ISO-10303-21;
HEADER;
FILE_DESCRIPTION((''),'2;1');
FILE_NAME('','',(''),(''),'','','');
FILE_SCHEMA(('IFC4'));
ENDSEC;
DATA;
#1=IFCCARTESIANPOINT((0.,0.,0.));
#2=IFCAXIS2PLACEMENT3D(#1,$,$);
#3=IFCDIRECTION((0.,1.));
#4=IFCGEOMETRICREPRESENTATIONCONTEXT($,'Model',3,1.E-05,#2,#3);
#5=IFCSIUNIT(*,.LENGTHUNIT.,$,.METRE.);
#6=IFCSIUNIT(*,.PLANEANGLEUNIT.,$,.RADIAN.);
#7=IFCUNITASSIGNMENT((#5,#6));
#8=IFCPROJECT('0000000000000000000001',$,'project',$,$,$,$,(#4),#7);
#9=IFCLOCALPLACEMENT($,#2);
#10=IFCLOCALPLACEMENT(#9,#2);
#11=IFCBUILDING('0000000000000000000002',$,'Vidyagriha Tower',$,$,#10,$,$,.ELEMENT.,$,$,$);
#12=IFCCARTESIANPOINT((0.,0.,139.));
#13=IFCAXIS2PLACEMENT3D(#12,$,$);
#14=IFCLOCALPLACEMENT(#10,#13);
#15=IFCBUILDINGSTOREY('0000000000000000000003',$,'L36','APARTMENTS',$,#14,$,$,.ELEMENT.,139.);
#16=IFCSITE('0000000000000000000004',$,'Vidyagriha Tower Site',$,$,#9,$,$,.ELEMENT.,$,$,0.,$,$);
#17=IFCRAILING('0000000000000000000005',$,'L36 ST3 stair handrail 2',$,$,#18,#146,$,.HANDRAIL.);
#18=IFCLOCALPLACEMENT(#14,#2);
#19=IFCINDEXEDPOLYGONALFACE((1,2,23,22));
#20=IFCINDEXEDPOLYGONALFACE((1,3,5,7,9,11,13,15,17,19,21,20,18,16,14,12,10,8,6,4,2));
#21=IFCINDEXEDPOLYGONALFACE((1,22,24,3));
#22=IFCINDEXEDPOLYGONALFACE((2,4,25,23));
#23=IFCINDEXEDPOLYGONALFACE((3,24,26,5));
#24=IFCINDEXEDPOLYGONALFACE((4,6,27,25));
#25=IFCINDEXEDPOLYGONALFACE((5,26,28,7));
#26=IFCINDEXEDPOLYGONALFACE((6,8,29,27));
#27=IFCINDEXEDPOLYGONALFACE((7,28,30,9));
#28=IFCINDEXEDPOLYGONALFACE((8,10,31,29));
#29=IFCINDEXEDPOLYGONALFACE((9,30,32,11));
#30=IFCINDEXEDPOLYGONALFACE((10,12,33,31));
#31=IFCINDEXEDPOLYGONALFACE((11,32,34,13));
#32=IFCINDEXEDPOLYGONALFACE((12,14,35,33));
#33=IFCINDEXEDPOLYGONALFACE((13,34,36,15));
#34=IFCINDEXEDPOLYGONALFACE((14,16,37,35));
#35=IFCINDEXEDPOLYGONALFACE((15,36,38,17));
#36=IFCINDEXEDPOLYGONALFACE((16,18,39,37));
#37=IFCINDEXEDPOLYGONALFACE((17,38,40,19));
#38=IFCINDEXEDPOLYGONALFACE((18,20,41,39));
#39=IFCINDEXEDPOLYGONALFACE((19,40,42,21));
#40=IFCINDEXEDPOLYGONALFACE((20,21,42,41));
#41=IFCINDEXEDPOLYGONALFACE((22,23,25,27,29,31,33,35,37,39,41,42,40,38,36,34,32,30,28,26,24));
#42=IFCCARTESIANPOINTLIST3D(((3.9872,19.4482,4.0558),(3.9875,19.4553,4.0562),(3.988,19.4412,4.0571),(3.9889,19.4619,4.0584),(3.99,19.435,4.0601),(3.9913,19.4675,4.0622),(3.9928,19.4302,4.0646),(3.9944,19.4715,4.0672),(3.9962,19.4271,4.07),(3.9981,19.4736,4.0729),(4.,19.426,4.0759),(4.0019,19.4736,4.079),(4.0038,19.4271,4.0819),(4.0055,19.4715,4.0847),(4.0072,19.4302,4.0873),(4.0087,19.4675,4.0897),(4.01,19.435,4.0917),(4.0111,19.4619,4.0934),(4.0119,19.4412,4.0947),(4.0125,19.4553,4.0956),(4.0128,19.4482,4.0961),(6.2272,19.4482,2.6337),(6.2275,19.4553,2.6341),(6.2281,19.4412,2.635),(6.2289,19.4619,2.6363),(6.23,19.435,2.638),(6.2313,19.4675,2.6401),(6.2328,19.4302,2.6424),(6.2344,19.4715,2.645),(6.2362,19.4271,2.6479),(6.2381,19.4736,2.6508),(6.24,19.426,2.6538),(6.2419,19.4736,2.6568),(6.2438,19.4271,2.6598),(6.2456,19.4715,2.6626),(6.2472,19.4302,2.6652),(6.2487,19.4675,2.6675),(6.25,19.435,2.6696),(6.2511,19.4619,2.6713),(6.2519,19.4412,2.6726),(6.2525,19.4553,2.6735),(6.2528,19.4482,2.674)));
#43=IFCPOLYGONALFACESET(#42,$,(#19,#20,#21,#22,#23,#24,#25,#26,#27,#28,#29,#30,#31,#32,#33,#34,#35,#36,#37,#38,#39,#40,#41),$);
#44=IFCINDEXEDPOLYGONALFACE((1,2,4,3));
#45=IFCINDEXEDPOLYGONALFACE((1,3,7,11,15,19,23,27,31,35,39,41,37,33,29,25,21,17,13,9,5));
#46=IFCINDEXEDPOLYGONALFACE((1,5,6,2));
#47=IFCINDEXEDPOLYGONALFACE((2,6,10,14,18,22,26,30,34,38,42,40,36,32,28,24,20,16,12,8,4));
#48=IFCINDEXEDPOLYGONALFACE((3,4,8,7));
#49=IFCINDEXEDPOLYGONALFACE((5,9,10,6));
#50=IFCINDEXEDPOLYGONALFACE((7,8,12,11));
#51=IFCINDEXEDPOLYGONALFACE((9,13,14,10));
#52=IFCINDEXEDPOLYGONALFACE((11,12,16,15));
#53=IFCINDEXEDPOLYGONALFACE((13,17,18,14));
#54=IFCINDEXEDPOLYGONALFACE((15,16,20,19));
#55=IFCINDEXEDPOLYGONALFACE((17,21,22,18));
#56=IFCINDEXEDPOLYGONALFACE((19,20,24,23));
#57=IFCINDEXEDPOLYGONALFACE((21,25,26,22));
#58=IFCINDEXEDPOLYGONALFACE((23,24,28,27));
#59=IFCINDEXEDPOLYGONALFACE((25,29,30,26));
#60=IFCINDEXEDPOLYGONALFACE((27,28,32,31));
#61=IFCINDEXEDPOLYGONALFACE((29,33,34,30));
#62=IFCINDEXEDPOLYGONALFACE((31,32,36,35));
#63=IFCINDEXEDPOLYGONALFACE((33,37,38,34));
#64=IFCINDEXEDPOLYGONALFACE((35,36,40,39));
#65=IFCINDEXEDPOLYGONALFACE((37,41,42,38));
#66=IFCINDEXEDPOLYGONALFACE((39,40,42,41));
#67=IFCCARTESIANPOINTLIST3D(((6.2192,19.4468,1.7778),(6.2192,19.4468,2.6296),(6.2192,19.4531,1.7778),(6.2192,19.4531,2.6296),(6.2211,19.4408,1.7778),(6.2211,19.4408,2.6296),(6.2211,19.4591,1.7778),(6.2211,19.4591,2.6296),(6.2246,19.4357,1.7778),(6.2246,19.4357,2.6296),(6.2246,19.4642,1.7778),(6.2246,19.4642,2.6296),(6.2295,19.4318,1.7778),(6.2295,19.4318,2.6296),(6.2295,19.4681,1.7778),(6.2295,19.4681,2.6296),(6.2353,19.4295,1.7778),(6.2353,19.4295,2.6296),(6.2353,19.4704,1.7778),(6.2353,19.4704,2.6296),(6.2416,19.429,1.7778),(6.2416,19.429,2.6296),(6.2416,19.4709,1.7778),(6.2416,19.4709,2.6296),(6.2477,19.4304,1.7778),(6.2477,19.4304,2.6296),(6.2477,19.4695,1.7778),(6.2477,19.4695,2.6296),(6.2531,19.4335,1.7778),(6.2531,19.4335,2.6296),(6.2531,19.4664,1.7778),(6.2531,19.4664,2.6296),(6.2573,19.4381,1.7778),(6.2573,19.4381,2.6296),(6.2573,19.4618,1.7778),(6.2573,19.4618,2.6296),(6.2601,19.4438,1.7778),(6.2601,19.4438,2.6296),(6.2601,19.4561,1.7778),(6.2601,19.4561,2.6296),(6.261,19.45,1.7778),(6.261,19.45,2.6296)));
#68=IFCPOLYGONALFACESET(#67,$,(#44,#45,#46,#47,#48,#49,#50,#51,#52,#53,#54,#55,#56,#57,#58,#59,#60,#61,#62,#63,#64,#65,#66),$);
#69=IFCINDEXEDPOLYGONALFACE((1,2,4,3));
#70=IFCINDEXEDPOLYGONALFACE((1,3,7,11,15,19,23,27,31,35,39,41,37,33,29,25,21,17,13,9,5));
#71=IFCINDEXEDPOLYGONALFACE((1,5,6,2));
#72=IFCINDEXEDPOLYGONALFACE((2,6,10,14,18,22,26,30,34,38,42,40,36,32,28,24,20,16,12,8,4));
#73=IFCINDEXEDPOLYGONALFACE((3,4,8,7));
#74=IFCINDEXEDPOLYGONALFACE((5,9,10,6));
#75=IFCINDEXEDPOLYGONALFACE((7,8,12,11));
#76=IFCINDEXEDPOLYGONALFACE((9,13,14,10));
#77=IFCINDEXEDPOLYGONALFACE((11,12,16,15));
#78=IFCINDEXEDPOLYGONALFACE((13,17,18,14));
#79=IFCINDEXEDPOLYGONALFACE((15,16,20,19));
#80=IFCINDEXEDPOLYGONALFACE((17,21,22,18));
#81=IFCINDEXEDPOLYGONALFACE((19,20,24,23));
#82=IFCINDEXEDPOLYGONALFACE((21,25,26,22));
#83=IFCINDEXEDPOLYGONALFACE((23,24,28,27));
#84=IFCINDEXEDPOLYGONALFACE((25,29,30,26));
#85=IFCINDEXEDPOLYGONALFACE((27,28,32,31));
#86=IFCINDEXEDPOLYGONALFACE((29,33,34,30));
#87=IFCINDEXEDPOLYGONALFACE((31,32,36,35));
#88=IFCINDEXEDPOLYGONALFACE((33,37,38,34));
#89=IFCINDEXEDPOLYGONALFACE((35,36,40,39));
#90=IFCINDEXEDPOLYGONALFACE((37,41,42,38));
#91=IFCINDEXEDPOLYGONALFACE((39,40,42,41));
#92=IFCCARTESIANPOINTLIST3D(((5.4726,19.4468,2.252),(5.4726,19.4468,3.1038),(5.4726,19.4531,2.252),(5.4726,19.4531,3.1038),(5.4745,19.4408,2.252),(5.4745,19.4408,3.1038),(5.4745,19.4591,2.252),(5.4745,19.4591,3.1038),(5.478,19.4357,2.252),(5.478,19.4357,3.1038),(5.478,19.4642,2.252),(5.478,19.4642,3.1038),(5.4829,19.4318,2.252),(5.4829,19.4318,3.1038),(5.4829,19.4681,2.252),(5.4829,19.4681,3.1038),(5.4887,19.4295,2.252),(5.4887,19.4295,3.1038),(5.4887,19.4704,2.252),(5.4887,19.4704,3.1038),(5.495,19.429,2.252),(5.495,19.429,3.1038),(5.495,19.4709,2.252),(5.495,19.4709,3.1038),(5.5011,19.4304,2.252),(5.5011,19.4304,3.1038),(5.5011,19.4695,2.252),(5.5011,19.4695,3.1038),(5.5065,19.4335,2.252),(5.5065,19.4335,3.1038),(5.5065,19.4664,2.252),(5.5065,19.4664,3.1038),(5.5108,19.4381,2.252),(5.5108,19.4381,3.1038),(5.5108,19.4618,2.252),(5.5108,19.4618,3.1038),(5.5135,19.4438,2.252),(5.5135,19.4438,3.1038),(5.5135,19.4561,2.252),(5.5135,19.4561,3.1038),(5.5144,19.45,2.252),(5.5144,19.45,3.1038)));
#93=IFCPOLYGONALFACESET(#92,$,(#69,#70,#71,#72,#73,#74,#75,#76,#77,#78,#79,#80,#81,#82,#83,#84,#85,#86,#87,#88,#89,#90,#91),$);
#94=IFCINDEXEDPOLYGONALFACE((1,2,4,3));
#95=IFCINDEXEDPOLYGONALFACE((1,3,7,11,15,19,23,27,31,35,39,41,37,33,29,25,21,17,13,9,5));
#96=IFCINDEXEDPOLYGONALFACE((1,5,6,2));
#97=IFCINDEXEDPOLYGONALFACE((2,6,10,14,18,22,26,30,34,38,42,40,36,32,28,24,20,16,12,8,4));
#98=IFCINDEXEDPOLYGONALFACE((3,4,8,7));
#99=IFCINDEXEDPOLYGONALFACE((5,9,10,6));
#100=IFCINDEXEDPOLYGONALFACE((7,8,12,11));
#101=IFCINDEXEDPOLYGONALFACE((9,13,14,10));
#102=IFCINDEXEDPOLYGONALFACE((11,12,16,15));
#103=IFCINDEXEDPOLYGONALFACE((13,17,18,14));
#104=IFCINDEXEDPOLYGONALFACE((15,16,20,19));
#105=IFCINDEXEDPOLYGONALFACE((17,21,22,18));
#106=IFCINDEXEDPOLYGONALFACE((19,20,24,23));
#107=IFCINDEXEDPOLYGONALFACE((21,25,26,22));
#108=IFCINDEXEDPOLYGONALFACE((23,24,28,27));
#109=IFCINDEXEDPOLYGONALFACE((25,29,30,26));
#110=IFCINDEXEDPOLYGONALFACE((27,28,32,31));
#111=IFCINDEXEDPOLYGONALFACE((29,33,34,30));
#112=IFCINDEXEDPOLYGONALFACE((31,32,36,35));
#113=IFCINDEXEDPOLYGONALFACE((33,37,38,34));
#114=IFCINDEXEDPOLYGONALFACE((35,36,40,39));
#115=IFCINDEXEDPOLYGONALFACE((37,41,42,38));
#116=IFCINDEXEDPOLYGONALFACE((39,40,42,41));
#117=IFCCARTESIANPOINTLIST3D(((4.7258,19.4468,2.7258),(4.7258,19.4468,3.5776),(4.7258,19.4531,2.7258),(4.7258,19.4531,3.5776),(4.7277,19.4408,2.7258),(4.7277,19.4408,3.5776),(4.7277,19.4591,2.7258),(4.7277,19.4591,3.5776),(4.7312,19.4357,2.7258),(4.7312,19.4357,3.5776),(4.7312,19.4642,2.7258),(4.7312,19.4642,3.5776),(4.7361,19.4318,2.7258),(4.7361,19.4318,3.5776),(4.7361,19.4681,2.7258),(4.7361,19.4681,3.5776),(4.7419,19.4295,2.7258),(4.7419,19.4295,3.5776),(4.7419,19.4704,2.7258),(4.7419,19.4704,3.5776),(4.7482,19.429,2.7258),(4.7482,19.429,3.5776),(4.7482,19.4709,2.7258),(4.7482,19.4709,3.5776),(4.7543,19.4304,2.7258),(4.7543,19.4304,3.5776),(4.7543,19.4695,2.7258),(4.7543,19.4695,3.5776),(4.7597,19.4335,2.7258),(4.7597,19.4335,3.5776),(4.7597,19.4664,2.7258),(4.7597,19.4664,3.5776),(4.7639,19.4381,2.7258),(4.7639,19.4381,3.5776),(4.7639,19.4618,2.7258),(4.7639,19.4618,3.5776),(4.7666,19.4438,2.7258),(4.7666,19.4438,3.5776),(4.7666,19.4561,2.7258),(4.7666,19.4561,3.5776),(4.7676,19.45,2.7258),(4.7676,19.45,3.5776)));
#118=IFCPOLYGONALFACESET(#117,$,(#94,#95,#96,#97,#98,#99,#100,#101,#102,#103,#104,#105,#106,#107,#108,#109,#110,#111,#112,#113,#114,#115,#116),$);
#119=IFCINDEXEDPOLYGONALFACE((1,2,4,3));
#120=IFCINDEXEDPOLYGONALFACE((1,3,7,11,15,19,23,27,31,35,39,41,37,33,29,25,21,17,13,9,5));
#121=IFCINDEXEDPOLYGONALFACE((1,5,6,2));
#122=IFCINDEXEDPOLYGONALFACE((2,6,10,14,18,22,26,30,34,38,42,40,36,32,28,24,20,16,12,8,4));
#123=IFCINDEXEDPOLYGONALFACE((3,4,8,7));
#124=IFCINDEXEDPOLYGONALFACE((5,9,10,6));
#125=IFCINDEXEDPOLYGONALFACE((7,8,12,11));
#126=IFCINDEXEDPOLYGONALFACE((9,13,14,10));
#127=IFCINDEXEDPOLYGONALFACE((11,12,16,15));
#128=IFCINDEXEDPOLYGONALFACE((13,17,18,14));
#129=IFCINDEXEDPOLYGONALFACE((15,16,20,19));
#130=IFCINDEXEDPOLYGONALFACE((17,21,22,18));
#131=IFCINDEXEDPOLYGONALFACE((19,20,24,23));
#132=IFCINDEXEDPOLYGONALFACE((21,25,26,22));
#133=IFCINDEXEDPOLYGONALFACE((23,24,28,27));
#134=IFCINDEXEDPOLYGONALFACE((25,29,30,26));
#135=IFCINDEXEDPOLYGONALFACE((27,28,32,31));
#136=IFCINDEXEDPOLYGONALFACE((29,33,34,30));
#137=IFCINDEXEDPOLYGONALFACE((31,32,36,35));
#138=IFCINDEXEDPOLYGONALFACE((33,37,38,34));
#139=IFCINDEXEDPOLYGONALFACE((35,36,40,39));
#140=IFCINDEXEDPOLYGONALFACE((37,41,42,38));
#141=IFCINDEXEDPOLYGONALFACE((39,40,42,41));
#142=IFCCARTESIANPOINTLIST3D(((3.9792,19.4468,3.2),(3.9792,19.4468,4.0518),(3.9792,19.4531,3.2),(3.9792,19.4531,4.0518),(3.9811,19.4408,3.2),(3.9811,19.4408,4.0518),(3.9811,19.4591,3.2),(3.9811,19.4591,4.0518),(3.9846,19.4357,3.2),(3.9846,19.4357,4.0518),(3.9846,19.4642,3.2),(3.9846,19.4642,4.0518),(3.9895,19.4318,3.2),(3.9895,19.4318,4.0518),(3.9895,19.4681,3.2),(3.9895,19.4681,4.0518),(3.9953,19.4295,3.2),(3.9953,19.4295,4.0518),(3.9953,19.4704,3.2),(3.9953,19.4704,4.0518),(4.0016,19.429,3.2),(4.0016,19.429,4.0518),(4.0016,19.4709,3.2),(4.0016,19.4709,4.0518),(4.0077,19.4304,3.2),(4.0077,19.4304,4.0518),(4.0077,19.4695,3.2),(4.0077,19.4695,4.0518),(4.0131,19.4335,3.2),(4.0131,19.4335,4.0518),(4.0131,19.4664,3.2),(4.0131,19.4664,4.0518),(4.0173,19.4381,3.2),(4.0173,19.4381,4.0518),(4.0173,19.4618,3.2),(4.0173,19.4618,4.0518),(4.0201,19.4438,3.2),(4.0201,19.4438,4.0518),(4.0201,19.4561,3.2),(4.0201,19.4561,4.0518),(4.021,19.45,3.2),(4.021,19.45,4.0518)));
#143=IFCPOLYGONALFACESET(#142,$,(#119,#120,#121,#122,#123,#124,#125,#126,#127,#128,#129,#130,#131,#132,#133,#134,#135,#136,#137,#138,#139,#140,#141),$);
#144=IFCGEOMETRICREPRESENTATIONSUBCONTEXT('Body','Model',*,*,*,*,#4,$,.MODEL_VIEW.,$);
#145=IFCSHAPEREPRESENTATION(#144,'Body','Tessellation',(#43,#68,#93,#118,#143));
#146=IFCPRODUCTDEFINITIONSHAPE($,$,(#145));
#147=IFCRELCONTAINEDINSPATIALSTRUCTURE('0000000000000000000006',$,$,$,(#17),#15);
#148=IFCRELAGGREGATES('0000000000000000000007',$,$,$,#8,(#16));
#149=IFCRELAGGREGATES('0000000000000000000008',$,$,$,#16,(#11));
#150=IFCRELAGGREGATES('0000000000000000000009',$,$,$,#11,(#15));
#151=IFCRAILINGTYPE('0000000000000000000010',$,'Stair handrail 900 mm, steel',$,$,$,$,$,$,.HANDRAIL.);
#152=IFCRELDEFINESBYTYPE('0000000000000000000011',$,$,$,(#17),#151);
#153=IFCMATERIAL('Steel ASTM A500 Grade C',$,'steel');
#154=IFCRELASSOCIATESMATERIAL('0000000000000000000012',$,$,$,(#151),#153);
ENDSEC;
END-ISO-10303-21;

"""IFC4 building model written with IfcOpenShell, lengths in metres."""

from ifc_helpers import new_model, si_unit, direction, frame, origin, origin_2d, place, context, subcontext, project, spatial, circle, extrude, material, type_object, element, save


model = new_model("IFC4")

# Units and contexts
model_context = context("Model", 3, precision=1e-05, world=origin(), true_north=direction((0.0, 1.0)))
body_context = subcontext(model_context, "Body", "Model", "MODEL_VIEW")
ifc_project = project(units=[si_unit("LENGTHUNIT", "METRE"), si_unit("PLANEANGLEUNIT", "RADIAN")], contexts=[model_context])

# Site, building, storey
site_placement = place(None, origin())
site = spatial("IfcSite", under=ifc_project, at=site_placement, Name="Vidyagriha Tower Site", CompositionType="ELEMENT", RefElevation=0.0)
building_placement = place(site_placement, origin())
building = spatial("IfcBuilding", under=site, at=building_placement, Name="Vidyagriha Tower", CompositionType="ELEMENT")
storey_placement = place(building_placement, frame((0.0, 0.0, 139.0)))
storey = spatial("IfcBuildingStorey", under=building, at=storey_placement, Name="L36", Description="APARTMENTS", CompositionType="ELEMENT", Elevation=139.0)

# Railing
ifc_material_1 = material(Name="Steel ASTM A500 Grade C", Category="steel")
railing_type_1 = type_object("IfcRailingType", Name="Stair handrail 900 mm, steel", PredefinedType="HANDRAIL", material=ifc_material_1)
for number, where, name in (
    (1, (6.24, 19.45, 1.7778), "L36 ST3 stair handrail 2"),
):
    element("IfcRailing", number, at=place(storey_placement, frame(where)), inside=storey, type_object=railing_type_1, Name=name, PredefinedType="HANDRAIL", context=body_context, shape_type="SweptSolid", body=[
        extrude(circle(Radius=0.0239, at=origin_2d()), frame((0.0, 0.0, 0.876), z_axis=(-0.844229, 0.0, 0.535982), x_axis=(0.0, -1.0, 0.0)), (0.0, 0.0, 1.0), 2.6533),
        extrude(circle(Radius=0.021, at=origin_2d()), origin(), (0.0, 0.0, 1.0), 0.8518),
        extrude(circle(Radius=0.021, at=origin_2d()), frame((-0.7466, 0.0, 0.4741)), (0.0, 0.0, 1.0), 0.8518),
        extrude(circle(Radius=0.021, at=origin_2d()), frame((-1.4934, 0.0, 0.948)), (0.0, 0.0, 1.0), 0.8518),
        extrude(circle(Radius=0.021, at=origin_2d()), frame((-2.24, 0.0, 1.4221)), (0.0, 0.0, 1.0), 0.8518),
    ])

save(model, "model.ifc")
